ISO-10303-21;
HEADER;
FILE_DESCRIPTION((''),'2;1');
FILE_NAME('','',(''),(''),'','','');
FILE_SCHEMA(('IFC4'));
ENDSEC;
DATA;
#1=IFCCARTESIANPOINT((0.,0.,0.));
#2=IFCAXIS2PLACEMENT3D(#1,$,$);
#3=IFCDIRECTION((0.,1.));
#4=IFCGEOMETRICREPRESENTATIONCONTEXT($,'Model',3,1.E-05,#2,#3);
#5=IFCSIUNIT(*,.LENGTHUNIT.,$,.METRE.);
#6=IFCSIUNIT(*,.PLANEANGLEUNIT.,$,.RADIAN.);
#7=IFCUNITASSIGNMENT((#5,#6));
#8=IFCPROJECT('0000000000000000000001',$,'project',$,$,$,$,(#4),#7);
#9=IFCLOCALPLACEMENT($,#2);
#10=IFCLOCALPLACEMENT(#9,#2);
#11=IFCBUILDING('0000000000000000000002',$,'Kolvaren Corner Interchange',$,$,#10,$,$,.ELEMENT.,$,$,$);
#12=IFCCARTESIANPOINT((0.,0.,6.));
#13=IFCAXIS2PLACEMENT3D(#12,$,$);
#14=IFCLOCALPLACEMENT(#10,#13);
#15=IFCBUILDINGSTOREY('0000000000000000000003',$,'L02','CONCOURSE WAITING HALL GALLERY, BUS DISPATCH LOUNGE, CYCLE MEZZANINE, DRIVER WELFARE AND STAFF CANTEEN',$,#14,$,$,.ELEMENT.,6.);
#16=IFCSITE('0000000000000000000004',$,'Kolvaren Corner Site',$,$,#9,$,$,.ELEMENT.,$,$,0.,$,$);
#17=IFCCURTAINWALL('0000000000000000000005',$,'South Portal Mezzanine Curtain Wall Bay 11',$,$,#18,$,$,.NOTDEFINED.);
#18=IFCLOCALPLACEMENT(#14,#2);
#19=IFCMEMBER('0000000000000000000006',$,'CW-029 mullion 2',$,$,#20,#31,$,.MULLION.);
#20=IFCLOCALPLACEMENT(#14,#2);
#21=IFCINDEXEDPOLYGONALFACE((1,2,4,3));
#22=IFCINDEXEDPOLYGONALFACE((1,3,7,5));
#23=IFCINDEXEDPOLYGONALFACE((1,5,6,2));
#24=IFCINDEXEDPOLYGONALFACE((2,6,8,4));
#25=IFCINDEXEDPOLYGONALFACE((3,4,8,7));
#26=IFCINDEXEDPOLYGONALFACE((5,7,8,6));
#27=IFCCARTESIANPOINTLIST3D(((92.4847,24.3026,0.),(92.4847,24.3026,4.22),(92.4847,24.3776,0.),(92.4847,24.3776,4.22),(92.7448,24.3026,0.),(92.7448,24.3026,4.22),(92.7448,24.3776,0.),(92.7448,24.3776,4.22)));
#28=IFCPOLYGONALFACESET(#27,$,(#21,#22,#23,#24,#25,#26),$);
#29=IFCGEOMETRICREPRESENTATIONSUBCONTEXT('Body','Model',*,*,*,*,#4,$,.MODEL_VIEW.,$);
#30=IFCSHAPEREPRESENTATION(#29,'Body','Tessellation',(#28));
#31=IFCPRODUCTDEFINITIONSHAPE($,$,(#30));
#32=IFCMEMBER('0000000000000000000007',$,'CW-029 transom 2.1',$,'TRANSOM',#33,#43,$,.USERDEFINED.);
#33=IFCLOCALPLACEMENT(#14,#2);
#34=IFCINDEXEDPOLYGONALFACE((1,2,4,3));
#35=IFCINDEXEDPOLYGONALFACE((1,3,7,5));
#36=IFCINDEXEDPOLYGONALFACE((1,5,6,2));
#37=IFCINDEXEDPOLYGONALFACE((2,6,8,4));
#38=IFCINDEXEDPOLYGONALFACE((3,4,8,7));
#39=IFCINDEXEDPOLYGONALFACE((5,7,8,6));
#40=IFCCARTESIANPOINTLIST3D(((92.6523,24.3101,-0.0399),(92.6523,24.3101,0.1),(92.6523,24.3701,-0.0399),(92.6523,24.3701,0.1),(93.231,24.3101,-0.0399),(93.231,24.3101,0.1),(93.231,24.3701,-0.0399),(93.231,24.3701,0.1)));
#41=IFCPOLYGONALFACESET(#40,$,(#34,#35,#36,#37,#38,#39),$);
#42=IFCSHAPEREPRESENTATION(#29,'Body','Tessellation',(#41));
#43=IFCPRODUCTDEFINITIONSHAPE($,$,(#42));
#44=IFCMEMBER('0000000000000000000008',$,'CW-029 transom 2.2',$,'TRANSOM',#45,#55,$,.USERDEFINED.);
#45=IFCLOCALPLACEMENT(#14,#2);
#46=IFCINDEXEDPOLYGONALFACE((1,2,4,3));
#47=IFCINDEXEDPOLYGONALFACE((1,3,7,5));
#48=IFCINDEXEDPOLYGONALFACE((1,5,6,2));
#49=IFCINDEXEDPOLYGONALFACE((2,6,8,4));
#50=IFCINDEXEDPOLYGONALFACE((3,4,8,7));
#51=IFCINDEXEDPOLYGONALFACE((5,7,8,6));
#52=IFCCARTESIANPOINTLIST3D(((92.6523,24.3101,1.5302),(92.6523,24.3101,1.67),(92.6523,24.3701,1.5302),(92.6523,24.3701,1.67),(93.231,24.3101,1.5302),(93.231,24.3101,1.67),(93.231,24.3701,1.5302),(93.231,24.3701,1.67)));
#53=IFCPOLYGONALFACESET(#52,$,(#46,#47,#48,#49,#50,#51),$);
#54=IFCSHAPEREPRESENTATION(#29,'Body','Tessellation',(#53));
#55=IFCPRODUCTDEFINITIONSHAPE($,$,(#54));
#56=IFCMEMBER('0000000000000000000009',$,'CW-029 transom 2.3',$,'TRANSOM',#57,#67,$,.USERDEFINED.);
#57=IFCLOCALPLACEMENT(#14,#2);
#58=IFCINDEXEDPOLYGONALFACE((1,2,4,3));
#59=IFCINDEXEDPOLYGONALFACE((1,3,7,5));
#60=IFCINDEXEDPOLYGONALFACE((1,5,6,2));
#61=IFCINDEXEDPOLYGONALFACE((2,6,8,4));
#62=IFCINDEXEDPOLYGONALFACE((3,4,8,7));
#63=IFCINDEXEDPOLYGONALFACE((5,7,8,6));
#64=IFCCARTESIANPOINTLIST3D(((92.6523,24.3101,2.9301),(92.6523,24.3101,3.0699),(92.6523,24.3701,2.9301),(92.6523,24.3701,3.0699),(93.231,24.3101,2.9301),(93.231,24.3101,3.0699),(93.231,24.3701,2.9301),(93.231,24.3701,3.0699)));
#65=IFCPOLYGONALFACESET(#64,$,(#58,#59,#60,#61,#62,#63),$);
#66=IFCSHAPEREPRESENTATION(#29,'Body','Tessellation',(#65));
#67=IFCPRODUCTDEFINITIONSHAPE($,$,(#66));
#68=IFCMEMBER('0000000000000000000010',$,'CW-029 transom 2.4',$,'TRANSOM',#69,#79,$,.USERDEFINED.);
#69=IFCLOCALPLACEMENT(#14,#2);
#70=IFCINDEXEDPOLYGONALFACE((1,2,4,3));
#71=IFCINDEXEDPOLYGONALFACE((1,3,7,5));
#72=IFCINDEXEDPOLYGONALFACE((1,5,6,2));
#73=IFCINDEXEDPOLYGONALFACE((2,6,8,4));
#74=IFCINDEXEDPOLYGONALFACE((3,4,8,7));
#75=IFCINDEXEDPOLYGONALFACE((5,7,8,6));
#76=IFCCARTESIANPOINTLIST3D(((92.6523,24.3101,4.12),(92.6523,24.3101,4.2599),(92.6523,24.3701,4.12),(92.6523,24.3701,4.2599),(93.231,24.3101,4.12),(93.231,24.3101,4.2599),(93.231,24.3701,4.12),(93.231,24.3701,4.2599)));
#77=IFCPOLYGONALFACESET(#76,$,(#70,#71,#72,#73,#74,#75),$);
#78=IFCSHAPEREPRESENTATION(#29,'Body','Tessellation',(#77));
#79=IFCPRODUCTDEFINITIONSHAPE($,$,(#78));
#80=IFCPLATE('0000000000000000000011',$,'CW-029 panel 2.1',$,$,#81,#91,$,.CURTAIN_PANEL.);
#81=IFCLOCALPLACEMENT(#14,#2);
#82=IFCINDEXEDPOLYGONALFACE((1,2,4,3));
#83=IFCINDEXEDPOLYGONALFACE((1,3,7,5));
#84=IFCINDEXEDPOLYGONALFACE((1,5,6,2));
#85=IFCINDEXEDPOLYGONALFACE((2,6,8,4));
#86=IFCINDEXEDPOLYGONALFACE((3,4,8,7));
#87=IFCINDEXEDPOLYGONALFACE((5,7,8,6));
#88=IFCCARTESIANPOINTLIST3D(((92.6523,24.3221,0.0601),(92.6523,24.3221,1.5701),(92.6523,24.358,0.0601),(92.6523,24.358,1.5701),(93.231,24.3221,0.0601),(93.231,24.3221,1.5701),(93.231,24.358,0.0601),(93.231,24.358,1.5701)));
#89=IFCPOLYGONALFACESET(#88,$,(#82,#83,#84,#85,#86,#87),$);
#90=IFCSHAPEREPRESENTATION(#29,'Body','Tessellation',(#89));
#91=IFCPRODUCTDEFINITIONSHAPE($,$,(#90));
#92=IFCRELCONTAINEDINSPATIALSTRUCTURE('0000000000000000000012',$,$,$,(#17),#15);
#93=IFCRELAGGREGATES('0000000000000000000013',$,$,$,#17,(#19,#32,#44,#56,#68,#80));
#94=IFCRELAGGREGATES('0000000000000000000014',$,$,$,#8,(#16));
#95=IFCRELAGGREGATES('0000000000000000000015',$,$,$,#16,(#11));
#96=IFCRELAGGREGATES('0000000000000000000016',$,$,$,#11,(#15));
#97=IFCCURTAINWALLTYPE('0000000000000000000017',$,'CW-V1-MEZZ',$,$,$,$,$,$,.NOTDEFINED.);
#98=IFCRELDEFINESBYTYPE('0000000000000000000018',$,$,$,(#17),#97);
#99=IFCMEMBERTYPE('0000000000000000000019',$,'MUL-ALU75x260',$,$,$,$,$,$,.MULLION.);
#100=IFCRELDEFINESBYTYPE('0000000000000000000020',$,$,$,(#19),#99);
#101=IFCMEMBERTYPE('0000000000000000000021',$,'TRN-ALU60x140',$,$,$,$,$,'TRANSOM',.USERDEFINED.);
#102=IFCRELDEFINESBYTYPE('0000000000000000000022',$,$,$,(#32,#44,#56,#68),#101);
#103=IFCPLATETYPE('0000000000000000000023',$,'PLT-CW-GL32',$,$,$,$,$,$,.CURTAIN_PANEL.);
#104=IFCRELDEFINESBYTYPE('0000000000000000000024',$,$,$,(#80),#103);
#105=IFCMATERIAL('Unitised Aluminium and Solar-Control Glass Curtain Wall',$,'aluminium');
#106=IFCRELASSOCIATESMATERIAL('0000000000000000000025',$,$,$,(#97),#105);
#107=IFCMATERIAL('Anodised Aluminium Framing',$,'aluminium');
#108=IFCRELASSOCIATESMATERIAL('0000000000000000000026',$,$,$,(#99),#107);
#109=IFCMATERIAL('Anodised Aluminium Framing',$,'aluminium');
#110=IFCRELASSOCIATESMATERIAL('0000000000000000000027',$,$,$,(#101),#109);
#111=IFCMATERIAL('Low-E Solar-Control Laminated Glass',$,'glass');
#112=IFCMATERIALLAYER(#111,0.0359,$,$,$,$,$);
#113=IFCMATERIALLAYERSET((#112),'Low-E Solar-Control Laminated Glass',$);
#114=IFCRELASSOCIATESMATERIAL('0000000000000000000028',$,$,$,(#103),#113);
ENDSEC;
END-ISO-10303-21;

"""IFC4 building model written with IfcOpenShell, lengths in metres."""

from ifc_helpers import new_model, si_unit, direction, frame, origin, origin_2d, place, context, subcontext, project, spatial, rectangle, extrude, material, layer, layer_set, material_profile, profile_set, type_object, element, aggregate, save


model = new_model("IFC4")

# Units and contexts
model_context = context("Model", 3, precision=1e-05, world=origin(), true_north=direction((0.0, 1.0)))
body_context = subcontext(model_context, "Body", "Model", "MODEL_VIEW")
ifc_project = project(units=[si_unit("LENGTHUNIT", "METRE"), si_unit("PLANEANGLEUNIT", "RADIAN")], contexts=[model_context])

# Site, building, storey
site_placement = place(None, origin())
site = spatial("IfcSite", under=ifc_project, at=site_placement, Name="Kolvaren Corner Site", CompositionType="ELEMENT", RefElevation=0.0)
building_placement = place(site_placement, origin())
building = spatial("IfcBuilding", under=site, at=building_placement, Name="Kolvaren Corner Interchange", CompositionType="ELEMENT")
storey_placement = place(building_placement, frame((0.0, 0.0, 6.0)))
storey = spatial("IfcBuildingStorey", under=building, at=storey_placement, Name="L02", Description="CONCOURSE WAITING HALL GALLERY, BUS DISPATCH LOUNGE, CYCLE MEZZANINE, DRIVER WELFARE AND STAFF CANTEEN", CompositionType="ELEMENT", Elevation=6.0)

# Curtain wall, members, plate
ifc_material_1 = material(Name="Unitised Aluminium and Solar-Control Glass Curtain Wall", Category="aluminium")
curtain_wall_type = type_object("IfcCurtainWallType", Name="CW-V1-MEZZ", PredefinedType="NOTDEFINED", material=ifc_material_1)
curtain_wall_placement = place(storey_placement, origin())
curtain_wall = element("IfcCurtainWall", 1, at=curtain_wall_placement, inside=storey, type_object=curtain_wall_type, Name="South Portal Mezzanine Curtain Wall Bay 11", PredefinedType="NOTDEFINED")
ifc_material_2 = material(Name="Anodised Aluminium Framing", Category="aluminium")
ifc_material_profile_1 = material_profile(ifc_material_2, rectangle(XDim=0.075, YDim=0.26, at=origin_2d()), Name="ALU 75x260")
ifc_profile_set_1 = profile_set([ifc_material_profile_1], Name="Anodised Aluminium Framing")
member_type_1 = type_object("IfcMemberType", Name="MUL-ALU75x260", PredefinedType="MULLION", material=ifc_profile_set_1)
member_1_placement = place(storey_placement, frame((92.6147, 24.3401, 0.0), z_axis=(0.0, 0.0, 1.0), x_axis=(0.0, 1.0, 0.0)))
member_1 = element("IfcMember", 2, at=member_1_placement, type_object=member_type_1, Name="CW-029 mullion 2", PredefinedType="MULLION", context=body_context, shape_type="SweptSolid", body=[
    extrude(rectangle(XDim=0.075, YDim=0.26, at=origin_2d()), origin(), (0.0, 0.0, 1.0), 4.22),
])
ifc_material_3 = material(Name="Anodised Aluminium Framing", Category="aluminium")
ifc_material_profile_2 = material_profile(ifc_material_3, rectangle(XDim=0.0601, YDim=0.1399, at=origin_2d()), Name="ALU 60x140")
ifc_profile_set_2 = profile_set([ifc_material_profile_2], Name="Anodised Aluminium Framing")
member_type_2 = type_object("IfcMemberType", Name="TRN-ALU60x140", ElementType="TRANSOM", PredefinedType="USERDEFINED", material=ifc_profile_set_2)
member_2_placement = place(storey_placement, frame((92.6523, 24.3401, 0.03), z_axis=(1.0, 0.0, 0.0), x_axis=(0.0, 1.0, 0.0)))
member_2 = element("IfcMember", 3, at=member_2_placement, type_object=member_type_2, Name="CW-029 transom 2.1", ObjectType="TRANSOM", PredefinedType="USERDEFINED", context=body_context, shape_type="SweptSolid", body=[
    extrude(rectangle(XDim=0.0601, YDim=0.1399, at=origin_2d()), origin(), (0.0, 0.0, 1.0), 0.5786),
])
member_3_placement = place(storey_placement, frame((92.6523, 24.3401, 1.6001), z_axis=(1.0, 0.0, 0.0), x_axis=(0.0, 1.0, 0.0)))
member_3 = element("IfcMember", 4, at=member_3_placement, type_object=member_type_2, Name="CW-029 transom 2.2", ObjectType="TRANSOM", PredefinedType="USERDEFINED", context=body_context, shape_type="SweptSolid", body=[
    extrude(rectangle(XDim=0.0601, YDim=0.1399, at=origin_2d()), origin(), (0.0, 0.0, 1.0), 0.5786),
])
member_4_placement = place(storey_placement, frame((92.6523, 24.3401, 3.0), z_axis=(1.0, 0.0, 0.0), x_axis=(0.0, 1.0, 0.0)))
member_4 = element("IfcMember", 5, at=member_4_placement, type_object=member_type_2, Name="CW-029 transom 2.3", ObjectType="TRANSOM", PredefinedType="USERDEFINED", context=body_context, shape_type="SweptSolid", body=[
    extrude(rectangle(XDim=0.0601, YDim=0.1399, at=origin_2d()), origin(), (0.0, 0.0, 1.0), 0.5786),
])
member_5_placement = place(storey_placement, frame((92.6523, 24.3401, 4.1899), z_axis=(1.0, 0.0, 0.0), x_axis=(0.0, 1.0, 0.0)))
member_5 = element("IfcMember", 6, at=member_5_placement, type_object=member_type_2, Name="CW-029 transom 2.4", ObjectType="TRANSOM", PredefinedType="USERDEFINED", context=body_context, shape_type="SweptSolid", body=[
    extrude(rectangle(XDim=0.0601, YDim=0.1399, at=origin_2d()), origin(), (0.0, 0.0, 1.0), 0.5786),
])
ifc_material_4 = material(Name="Low-E Solar-Control Laminated Glass", Category="glass")
ifc_layer = layer(ifc_material_4, 0.0359)
ifc_layer_set = layer_set([ifc_layer], Name="Low-E Solar-Control Laminated Glass")
plate_type = type_object("IfcPlateType", Name="PLT-CW-GL32", PredefinedType="CURTAIN_PANEL", material=ifc_layer_set)
plate_placement = place(storey_placement, frame((92.9417, 24.3401, 0.0601), z_axis=(0.0, 0.0, 1.0), x_axis=(1.0, 0.0, 0.0)))
plate = element("IfcPlate", 7, at=plate_placement, type_object=plate_type, Name="CW-029 panel 2.1", PredefinedType="CURTAIN_PANEL", context=body_context, shape_type="SweptSolid", body=[
    extrude(rectangle(XDim=0.5786, YDim=0.0359, at=origin_2d()), origin(), (0.0, 0.0, 1.0), 1.51),
])
aggregate(curtain_wall, [member_1, member_2, member_3, member_4, member_5, plate])

save(model, "model.ifc")
